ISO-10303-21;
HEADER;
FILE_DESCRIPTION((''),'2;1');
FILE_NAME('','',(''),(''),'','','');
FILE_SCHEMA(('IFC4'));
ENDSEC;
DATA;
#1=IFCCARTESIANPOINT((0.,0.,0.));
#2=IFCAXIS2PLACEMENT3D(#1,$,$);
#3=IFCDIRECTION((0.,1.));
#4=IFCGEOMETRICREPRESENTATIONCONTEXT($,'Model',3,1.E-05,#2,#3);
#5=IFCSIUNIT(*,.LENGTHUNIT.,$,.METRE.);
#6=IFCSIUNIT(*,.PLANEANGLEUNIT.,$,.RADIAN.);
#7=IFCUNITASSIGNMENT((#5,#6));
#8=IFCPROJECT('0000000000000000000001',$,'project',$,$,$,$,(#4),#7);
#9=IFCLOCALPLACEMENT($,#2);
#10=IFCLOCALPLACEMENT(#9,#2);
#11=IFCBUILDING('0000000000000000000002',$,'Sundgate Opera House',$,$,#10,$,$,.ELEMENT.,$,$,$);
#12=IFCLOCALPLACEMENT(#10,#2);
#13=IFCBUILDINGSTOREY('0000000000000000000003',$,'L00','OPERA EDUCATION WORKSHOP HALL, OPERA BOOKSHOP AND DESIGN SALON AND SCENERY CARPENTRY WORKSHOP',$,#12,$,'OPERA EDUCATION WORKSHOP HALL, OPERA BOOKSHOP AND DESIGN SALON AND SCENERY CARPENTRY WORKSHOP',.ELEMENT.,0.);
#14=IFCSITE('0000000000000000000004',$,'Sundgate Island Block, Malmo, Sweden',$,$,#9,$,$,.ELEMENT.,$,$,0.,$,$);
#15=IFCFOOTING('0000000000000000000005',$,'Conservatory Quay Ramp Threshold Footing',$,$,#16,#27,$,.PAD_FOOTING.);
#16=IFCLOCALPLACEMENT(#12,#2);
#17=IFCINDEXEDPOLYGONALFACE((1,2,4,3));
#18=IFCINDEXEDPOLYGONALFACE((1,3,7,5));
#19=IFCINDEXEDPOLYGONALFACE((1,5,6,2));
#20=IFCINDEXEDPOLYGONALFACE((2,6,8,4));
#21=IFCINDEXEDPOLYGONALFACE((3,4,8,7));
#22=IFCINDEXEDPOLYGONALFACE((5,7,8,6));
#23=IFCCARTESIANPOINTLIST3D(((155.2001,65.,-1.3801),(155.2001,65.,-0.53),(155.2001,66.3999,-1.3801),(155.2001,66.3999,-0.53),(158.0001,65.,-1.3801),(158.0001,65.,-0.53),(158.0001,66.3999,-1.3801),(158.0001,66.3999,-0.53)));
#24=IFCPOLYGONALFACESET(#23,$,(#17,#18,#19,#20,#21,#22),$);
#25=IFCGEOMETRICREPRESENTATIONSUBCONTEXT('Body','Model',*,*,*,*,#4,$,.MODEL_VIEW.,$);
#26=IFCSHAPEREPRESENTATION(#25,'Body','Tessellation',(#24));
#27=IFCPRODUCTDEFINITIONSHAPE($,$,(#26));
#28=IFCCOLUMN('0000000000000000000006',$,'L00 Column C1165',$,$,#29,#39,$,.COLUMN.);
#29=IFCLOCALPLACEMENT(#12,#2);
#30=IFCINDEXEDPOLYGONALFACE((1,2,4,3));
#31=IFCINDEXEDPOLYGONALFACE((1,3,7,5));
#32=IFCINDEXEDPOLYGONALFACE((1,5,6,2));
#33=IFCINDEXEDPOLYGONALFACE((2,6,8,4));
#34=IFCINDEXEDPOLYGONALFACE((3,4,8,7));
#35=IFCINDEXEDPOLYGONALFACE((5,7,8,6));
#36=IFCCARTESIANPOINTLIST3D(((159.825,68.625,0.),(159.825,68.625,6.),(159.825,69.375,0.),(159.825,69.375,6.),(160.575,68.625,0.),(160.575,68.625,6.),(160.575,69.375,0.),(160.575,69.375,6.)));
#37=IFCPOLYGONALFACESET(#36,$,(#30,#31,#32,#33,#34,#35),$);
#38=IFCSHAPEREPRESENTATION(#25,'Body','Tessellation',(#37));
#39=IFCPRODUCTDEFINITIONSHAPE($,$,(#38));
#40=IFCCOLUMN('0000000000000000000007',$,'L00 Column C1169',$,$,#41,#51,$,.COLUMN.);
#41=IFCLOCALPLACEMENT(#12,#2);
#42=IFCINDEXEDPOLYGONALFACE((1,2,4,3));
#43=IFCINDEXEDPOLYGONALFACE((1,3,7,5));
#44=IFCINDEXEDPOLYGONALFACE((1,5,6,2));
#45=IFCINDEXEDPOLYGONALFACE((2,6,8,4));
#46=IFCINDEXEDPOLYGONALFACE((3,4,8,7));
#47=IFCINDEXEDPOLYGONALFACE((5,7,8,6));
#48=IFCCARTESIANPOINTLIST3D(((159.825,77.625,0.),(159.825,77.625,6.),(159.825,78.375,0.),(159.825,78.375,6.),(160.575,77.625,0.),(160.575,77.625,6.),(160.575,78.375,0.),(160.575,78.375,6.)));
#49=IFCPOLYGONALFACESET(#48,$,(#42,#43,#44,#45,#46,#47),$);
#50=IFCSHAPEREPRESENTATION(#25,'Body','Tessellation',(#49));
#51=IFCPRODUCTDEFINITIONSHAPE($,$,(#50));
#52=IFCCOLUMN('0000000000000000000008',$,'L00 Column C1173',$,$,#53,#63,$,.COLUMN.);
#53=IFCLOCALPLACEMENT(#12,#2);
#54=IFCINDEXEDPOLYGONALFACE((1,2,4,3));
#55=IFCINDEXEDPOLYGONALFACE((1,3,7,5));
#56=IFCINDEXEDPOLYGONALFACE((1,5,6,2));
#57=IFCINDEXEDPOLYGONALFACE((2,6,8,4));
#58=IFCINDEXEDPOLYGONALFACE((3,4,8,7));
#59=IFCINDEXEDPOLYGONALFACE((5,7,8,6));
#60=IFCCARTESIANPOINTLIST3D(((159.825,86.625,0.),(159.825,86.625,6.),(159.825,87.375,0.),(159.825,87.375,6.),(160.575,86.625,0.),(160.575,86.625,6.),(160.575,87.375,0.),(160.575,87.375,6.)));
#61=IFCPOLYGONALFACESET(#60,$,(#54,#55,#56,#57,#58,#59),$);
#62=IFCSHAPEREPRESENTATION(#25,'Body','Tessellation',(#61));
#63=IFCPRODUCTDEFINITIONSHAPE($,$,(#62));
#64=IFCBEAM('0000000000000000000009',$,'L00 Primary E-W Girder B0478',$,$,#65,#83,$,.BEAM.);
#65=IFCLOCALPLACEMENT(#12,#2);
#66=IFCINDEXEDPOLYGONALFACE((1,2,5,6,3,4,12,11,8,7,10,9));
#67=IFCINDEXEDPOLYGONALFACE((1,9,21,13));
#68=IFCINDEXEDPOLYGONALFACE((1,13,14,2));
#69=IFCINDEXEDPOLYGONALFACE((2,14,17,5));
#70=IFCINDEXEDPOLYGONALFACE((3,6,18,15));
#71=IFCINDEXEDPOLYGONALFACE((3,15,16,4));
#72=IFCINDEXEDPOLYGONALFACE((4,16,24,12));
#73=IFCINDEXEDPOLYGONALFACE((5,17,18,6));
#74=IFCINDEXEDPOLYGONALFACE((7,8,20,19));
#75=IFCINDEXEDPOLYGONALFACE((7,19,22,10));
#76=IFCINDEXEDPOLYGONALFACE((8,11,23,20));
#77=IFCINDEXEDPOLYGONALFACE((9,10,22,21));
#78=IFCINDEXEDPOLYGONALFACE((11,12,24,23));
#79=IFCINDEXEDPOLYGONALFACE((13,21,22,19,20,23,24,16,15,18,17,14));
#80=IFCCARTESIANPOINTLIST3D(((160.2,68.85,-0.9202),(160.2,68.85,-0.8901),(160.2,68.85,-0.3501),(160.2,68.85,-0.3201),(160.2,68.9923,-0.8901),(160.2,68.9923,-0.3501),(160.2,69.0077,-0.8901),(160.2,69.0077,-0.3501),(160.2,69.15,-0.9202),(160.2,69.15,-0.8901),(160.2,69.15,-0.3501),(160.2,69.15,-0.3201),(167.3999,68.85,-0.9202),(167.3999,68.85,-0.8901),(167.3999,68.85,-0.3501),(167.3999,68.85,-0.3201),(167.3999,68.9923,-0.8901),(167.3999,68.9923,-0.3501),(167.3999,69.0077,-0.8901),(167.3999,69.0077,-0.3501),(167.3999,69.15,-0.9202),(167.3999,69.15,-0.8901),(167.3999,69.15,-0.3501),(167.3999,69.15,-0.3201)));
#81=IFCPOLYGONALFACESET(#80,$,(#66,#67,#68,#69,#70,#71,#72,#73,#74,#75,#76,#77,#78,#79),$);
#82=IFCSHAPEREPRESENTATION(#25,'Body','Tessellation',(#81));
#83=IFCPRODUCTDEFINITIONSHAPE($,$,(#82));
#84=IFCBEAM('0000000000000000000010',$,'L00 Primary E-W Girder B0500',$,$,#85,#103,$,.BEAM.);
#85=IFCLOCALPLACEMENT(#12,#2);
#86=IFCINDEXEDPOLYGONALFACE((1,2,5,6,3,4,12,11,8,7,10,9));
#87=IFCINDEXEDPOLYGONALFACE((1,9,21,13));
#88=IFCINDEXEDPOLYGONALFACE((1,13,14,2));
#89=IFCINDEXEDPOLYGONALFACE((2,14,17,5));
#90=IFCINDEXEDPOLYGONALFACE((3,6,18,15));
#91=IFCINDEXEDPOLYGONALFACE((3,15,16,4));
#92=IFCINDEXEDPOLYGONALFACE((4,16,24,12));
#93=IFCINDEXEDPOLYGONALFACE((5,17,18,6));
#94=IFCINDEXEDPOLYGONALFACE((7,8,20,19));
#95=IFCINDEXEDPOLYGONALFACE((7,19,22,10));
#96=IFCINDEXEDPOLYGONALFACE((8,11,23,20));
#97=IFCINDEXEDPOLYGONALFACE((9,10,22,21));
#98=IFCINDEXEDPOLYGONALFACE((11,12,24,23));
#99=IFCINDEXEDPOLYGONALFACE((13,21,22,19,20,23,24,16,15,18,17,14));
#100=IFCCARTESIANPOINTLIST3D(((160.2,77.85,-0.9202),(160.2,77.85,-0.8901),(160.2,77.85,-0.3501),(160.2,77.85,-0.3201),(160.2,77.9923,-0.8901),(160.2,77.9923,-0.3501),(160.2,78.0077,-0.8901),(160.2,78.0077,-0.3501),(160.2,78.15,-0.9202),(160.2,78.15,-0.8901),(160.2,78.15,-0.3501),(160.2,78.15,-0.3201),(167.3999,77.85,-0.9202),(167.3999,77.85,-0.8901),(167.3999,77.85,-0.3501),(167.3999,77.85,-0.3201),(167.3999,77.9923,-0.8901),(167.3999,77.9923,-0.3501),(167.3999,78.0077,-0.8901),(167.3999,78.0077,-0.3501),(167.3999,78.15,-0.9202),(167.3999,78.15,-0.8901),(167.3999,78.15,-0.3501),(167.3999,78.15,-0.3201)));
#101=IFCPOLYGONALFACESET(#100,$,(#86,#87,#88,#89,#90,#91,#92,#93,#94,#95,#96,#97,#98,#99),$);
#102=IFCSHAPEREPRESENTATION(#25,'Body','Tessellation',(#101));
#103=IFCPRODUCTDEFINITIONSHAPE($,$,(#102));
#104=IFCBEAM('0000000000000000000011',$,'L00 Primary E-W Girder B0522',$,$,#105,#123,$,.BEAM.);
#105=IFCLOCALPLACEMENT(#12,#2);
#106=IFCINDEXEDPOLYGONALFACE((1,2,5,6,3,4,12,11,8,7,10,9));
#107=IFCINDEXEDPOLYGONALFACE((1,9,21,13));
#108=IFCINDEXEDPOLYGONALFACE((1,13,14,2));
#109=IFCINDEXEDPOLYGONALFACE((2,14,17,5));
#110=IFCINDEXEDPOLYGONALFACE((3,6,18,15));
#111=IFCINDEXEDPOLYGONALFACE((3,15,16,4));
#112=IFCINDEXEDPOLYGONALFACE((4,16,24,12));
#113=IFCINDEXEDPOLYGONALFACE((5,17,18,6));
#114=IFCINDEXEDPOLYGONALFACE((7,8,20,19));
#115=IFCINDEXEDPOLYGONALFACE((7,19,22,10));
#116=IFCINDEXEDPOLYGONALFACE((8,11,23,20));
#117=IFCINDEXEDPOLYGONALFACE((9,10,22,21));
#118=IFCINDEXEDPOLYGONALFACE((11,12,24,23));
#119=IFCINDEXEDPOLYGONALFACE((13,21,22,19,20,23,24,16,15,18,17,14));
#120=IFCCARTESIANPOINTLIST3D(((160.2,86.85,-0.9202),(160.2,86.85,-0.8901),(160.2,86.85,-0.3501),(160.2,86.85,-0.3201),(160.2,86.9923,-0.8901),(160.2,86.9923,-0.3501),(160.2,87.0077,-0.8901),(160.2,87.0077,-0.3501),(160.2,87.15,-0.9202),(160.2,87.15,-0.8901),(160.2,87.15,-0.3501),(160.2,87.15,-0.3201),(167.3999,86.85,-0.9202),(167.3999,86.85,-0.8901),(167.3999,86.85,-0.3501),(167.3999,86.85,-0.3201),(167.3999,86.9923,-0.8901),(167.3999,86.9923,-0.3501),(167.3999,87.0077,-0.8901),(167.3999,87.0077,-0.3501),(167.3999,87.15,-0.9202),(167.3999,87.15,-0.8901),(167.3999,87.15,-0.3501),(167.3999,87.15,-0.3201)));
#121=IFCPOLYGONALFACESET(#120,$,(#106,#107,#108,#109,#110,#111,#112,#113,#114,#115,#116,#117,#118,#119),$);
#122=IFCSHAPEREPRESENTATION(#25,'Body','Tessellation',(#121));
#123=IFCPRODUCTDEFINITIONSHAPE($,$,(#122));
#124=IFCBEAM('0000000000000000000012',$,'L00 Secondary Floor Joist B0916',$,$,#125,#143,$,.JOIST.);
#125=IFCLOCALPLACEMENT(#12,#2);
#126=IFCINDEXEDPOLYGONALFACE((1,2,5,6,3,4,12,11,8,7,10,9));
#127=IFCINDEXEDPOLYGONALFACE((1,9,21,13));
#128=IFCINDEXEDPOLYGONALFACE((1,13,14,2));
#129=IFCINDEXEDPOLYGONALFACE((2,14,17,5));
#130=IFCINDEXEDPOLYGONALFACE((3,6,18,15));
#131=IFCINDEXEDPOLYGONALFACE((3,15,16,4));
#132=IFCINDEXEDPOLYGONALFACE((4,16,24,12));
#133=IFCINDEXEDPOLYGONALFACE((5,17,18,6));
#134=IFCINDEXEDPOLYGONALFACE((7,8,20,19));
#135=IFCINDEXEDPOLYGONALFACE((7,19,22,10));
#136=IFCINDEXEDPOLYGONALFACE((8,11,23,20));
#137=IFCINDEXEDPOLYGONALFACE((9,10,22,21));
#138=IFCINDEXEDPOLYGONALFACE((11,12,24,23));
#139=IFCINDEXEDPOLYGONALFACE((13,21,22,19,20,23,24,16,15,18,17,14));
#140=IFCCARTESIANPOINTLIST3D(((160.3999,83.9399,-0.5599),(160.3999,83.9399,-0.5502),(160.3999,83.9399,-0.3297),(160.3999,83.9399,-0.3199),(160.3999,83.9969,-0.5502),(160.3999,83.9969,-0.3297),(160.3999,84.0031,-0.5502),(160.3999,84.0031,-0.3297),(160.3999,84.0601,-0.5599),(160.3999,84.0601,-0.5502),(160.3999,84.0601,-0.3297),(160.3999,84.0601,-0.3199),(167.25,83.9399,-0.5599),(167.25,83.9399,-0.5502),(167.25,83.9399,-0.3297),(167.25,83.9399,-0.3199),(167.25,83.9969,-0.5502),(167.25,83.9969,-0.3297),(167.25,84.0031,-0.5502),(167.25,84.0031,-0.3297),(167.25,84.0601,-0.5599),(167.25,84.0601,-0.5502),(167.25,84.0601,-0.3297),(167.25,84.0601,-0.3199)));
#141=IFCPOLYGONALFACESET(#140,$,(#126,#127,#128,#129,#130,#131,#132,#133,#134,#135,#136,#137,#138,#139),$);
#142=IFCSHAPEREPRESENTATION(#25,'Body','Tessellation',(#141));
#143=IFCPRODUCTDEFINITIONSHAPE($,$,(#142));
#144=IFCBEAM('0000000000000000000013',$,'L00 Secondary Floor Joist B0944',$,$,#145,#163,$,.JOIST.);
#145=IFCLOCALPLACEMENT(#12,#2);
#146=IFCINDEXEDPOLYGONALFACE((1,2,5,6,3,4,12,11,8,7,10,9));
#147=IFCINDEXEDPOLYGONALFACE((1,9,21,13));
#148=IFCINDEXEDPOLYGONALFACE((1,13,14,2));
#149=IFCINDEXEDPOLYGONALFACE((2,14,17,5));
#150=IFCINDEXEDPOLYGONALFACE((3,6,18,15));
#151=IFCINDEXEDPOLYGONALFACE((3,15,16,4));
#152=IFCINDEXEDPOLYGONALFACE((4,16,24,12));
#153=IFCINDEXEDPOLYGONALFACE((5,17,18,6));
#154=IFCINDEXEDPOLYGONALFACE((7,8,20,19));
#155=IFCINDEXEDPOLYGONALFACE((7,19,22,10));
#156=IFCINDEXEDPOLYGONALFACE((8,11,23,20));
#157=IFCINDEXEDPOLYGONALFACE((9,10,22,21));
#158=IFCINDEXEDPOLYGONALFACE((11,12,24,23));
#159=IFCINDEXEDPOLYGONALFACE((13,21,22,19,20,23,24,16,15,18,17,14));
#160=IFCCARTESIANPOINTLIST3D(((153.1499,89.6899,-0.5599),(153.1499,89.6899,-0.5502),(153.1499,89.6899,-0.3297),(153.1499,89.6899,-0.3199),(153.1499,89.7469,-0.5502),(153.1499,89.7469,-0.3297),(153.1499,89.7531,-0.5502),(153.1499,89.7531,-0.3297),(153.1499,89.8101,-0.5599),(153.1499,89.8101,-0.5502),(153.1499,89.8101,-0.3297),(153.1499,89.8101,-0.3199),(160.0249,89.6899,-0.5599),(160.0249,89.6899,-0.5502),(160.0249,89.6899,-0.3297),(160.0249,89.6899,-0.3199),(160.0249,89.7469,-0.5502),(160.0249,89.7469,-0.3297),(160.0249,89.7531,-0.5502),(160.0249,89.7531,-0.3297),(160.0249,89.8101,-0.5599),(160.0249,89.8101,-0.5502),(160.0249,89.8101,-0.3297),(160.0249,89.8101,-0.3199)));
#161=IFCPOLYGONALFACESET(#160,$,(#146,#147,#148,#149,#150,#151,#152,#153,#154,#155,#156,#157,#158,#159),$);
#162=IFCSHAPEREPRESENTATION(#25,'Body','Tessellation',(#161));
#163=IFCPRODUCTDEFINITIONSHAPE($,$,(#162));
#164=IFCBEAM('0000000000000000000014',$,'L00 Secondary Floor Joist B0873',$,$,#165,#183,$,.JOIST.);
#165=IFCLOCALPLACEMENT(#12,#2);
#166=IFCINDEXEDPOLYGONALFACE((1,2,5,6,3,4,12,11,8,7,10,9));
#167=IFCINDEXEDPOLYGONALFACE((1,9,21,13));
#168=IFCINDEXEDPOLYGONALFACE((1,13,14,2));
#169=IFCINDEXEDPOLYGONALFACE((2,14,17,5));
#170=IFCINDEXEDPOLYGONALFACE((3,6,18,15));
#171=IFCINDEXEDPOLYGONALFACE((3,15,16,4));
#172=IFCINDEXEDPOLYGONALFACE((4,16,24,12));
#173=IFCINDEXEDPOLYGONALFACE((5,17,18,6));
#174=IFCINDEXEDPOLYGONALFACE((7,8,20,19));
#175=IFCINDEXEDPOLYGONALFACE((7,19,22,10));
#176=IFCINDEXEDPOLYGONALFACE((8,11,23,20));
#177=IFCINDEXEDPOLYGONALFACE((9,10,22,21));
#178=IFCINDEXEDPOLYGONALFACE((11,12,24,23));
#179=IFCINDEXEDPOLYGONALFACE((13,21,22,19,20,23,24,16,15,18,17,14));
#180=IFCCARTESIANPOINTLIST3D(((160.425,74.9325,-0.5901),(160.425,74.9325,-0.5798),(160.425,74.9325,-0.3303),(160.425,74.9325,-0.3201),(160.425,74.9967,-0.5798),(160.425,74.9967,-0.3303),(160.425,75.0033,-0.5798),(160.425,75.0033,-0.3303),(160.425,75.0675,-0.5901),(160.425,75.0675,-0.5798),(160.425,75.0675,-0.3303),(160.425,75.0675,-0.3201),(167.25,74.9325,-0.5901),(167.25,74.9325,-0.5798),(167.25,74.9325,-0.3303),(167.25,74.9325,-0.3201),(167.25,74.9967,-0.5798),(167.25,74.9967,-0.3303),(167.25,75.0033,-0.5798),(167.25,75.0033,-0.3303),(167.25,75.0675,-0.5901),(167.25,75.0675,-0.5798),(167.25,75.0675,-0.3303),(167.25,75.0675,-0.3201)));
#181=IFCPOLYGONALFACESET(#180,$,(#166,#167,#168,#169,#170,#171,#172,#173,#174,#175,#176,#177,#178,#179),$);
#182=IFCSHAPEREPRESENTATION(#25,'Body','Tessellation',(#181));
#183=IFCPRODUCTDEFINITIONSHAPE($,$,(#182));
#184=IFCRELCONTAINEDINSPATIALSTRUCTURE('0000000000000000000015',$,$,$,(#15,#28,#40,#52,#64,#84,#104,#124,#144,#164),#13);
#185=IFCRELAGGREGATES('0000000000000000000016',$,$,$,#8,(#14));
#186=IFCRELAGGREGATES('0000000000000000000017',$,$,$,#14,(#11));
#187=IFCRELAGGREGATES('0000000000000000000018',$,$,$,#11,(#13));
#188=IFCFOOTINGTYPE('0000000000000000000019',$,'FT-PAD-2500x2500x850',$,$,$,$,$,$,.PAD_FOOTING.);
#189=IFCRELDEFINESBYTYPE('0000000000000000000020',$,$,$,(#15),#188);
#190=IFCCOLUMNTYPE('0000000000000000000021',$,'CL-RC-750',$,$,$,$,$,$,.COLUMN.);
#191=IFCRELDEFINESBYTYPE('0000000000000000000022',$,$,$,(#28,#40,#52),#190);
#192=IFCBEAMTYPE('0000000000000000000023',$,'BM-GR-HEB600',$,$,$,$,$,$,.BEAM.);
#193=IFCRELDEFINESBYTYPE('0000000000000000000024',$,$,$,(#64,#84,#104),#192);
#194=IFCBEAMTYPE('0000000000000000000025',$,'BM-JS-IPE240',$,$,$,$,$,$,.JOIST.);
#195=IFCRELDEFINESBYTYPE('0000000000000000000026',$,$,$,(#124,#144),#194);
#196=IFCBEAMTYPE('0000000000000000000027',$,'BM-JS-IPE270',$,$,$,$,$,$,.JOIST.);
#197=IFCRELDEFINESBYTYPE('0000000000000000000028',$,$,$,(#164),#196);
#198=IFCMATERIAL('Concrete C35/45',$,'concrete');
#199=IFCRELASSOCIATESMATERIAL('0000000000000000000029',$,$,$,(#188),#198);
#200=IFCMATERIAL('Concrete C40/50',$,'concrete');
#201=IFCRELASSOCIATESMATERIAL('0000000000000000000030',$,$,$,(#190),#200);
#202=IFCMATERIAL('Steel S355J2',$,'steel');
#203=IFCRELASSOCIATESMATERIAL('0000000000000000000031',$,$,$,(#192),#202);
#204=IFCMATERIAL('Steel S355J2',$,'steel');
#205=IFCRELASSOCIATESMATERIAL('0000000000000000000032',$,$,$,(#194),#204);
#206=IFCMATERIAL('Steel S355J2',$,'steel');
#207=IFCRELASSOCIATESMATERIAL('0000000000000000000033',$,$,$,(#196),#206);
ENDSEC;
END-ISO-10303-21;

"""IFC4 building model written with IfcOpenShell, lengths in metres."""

from ifc_helpers import new_model, si_unit, direction, frame, origin, origin_2d, place, context, subcontext, project, spatial, rectangle, i_section, extrude, material, material_profile, profile_set, type_object, element, save


model = new_model("IFC4")

# Units and contexts
model_context = context("Model", 3, precision=1e-05, world=origin(), true_north=direction((0.0, 1.0)))
body_context = subcontext(model_context, "Body", "Model", "MODEL_VIEW")
ifc_project = project(units=[si_unit("LENGTHUNIT", "METRE"), si_unit("PLANEANGLEUNIT", "RADIAN")], contexts=[model_context])

# Site, building, storey
site_placement = place(None, origin())
site = spatial("IfcSite", under=ifc_project, at=site_placement, Name="Sundgate Island Block, Malmo, Sweden", CompositionType="ELEMENT", RefElevation=0.0)
building_placement = place(site_placement, origin())
building = spatial("IfcBuilding", under=site, at=building_placement, Name="Sundgate Opera House", CompositionType="ELEMENT")
storey_placement = place(building_placement, origin())
storey = spatial("IfcBuildingStorey", under=building, at=storey_placement, Name="L00", Description="OPERA EDUCATION WORKSHOP HALL, OPERA BOOKSHOP AND DESIGN SALON AND SCENERY CARPENTRY WORKSHOP", LongName="OPERA EDUCATION WORKSHOP HALL, OPERA BOOKSHOP AND DESIGN SALON AND SCENERY CARPENTRY WORKSHOP", CompositionType="ELEMENT", Elevation=0.0)

# Footing
ifc_material_1 = material(Name="Concrete C35/45", Category="concrete")
footing_type = type_object("IfcFootingType", Name="FT-PAD-2500x2500x850", PredefinedType="PAD_FOOTING", material=ifc_material_1)
footing_placement = place(storey_placement, frame((156.6001, 65.7, -1.3801), z_axis=(0.0, 0.0, 1.0), x_axis=(1.0, 0.0, 0.0)))
element("IfcFooting", 1, at=footing_placement, inside=storey, type_object=footing_type, Name="Conservatory Quay Ramp Threshold Footing", PredefinedType="PAD_FOOTING", context=body_context, shape_type="SweptSolid", body=[
    extrude(rectangle(XDim=2.8, YDim=1.3999, at=origin_2d()), origin(), (0.0, 0.0, 1.0), 0.8501),
])

# Columns
ifc_material_2 = material(Name="Concrete C40/50", Category="concrete")
ifc_material_profile_1 = material_profile(ifc_material_2, rectangle(XDim=0.75, YDim=0.75, at=origin_2d()), Name="RC 750x750")
ifc_profile_set_1 = profile_set([ifc_material_profile_1], Name="Concrete C40/50")
column_type = type_object("IfcColumnType", Name="CL-RC-750", PredefinedType="COLUMN", material=ifc_profile_set_1)
for number, where, z_axis, x_axis, name in (
    (2, (160.2, 69.0, 0.0), (0.0, 0.0, 1.0), (1.0, 0.0, 0.0), "L00 Column C1165"),
    (3, (160.2, 78.0, 0.0), (0.0, 0.0, 1.0), (1.0, 0.0, 0.0), "L00 Column C1169"),
    (4, (160.2, 87.0, 0.0), (0.0, 0.0, 1.0), (1.0, 0.0, 0.0), "L00 Column C1173"),
):
    element("IfcColumn", number, at=place(storey_placement, frame(where, z_axis=z_axis, x_axis=x_axis)), inside=storey, type_object=column_type, Name=name, PredefinedType="COLUMN", context=body_context, shape_type="SweptSolid", body=[
        extrude(rectangle(XDim=0.75, YDim=0.75, at=origin_2d()), origin(), (0.0, 0.0, 1.0), 6.0),
    ])

# Beams
ifc_material_3 = material(Name="Steel S355J2", Category="steel")
ifc_material_profile_2 = material_profile(ifc_material_3, i_section(OverallWidth=0.3, OverallDepth=0.6001, WebThickness=0.0154, FlangeThickness=0.03, at=origin_2d()), Name="HEB 600")
ifc_profile_set_2 = profile_set([ifc_material_profile_2], Name="Steel S355J2")
beam_type_1 = type_object("IfcBeamType", Name="BM-GR-HEB600", PredefinedType="BEAM", material=ifc_profile_set_2)
for number, where, z_axis, x_axis, name in (
    (5, (160.2, 69.0, -0.6201), (1.0, 0.0, 0.0), (0.0, 1.0, 0.0), "L00 Primary E-W Girder B0478"),
    (6, (160.2, 78.0, -0.6201), (1.0, 0.0, 0.0), (0.0, 1.0, 0.0), "L00 Primary E-W Girder B0500"),
    (7, (160.2, 87.0, -0.6201), (1.0, 0.0, 0.0), (0.0, 1.0, 0.0), "L00 Primary E-W Girder B0522"),
):
    element("IfcBeam", number, at=place(storey_placement, frame(where, z_axis=z_axis, x_axis=x_axis)), inside=storey, type_object=beam_type_1, Name=name, PredefinedType="BEAM", context=body_context, shape_type="SweptSolid", body=[
        extrude(i_section(OverallWidth=0.3, OverallDepth=0.6001, WebThickness=0.0154, FlangeThickness=0.03, at=origin_2d()), origin(), (0.0, 0.0, 1.0), 7.2),
    ])
ifc_material_4 = material(Name="Steel S355J2", Category="steel")
ifc_material_profile_3 = material_profile(ifc_material_4, i_section(OverallWidth=0.1201, OverallDepth=0.24, WebThickness=0.0061, FlangeThickness=0.0098, at=origin_2d()), Name="IPE 240")
ifc_profile_set_3 = profile_set([ifc_material_profile_3], Name="Steel S355J2")
beam_type_2 = type_object("IfcBeamType", Name="BM-JS-IPE240", PredefinedType="JOIST", material=ifc_profile_set_3)
beam_1_placement = place(storey_placement, frame((160.3999, 84.0, -0.4399), z_axis=(1.0, 0.0, 0.0), x_axis=(0.0, 1.0, 0.0)))
element("IfcBeam", 8, at=beam_1_placement, inside=storey, type_object=beam_type_2, Name="L00 Secondary Floor Joist B0916", PredefinedType="JOIST", context=body_context, shape_type="SweptSolid", body=[
    extrude(i_section(OverallWidth=0.1201, OverallDepth=0.24, WebThickness=0.0061, FlangeThickness=0.0098, at=origin_2d()), origin(), (0.0, 0.0, 1.0), 6.8501),
])
beam_2_placement = place(storey_placement, frame((153.1499, 89.75, -0.4399), z_axis=(1.0, 0.0, 0.0), x_axis=(0.0, 1.0, 0.0)))
element("IfcBeam", 9, at=beam_2_placement, inside=storey, type_object=beam_type_2, Name="L00 Secondary Floor Joist B0944", PredefinedType="JOIST", context=body_context, shape_type="SweptSolid", body=[
    extrude(i_section(OverallWidth=0.1201, OverallDepth=0.24, WebThickness=0.0061, FlangeThickness=0.0098, at=origin_2d()), origin(), (0.0, 0.0, 1.0), 6.875),
])
ifc_material_5 = material(Name="Steel S355J2", Category="steel")
ifc_material_profile_4 = material_profile(ifc_material_5, i_section(OverallWidth=0.135, OverallDepth=0.27, WebThickness=0.0066, FlangeThickness=0.0103, at=origin_2d()), Name="IPE 270")
ifc_profile_set_4 = profile_set([ifc_material_profile_4], Name="Steel S355J2")
beam_type_3 = type_object("IfcBeamType", Name="BM-JS-IPE270", PredefinedType="JOIST", material=ifc_profile_set_4)
beam_3_placement = place(storey_placement, frame((160.425, 75.0, -0.4551), z_axis=(1.0, 0.0, 0.0), x_axis=(0.0, 1.0, 0.0)))
element("IfcBeam", 10, at=beam_3_placement, inside=storey, type_object=beam_type_3, Name="L00 Secondary Floor Joist B0873", PredefinedType="JOIST", context=body_context, shape_type="SweptSolid", body=[
    extrude(i_section(OverallWidth=0.135, OverallDepth=0.27, WebThickness=0.0066, FlangeThickness=0.0103, at=origin_2d()), origin(), (0.0, 0.0, 1.0), 6.825),
])

save(model, "model.ifc")
